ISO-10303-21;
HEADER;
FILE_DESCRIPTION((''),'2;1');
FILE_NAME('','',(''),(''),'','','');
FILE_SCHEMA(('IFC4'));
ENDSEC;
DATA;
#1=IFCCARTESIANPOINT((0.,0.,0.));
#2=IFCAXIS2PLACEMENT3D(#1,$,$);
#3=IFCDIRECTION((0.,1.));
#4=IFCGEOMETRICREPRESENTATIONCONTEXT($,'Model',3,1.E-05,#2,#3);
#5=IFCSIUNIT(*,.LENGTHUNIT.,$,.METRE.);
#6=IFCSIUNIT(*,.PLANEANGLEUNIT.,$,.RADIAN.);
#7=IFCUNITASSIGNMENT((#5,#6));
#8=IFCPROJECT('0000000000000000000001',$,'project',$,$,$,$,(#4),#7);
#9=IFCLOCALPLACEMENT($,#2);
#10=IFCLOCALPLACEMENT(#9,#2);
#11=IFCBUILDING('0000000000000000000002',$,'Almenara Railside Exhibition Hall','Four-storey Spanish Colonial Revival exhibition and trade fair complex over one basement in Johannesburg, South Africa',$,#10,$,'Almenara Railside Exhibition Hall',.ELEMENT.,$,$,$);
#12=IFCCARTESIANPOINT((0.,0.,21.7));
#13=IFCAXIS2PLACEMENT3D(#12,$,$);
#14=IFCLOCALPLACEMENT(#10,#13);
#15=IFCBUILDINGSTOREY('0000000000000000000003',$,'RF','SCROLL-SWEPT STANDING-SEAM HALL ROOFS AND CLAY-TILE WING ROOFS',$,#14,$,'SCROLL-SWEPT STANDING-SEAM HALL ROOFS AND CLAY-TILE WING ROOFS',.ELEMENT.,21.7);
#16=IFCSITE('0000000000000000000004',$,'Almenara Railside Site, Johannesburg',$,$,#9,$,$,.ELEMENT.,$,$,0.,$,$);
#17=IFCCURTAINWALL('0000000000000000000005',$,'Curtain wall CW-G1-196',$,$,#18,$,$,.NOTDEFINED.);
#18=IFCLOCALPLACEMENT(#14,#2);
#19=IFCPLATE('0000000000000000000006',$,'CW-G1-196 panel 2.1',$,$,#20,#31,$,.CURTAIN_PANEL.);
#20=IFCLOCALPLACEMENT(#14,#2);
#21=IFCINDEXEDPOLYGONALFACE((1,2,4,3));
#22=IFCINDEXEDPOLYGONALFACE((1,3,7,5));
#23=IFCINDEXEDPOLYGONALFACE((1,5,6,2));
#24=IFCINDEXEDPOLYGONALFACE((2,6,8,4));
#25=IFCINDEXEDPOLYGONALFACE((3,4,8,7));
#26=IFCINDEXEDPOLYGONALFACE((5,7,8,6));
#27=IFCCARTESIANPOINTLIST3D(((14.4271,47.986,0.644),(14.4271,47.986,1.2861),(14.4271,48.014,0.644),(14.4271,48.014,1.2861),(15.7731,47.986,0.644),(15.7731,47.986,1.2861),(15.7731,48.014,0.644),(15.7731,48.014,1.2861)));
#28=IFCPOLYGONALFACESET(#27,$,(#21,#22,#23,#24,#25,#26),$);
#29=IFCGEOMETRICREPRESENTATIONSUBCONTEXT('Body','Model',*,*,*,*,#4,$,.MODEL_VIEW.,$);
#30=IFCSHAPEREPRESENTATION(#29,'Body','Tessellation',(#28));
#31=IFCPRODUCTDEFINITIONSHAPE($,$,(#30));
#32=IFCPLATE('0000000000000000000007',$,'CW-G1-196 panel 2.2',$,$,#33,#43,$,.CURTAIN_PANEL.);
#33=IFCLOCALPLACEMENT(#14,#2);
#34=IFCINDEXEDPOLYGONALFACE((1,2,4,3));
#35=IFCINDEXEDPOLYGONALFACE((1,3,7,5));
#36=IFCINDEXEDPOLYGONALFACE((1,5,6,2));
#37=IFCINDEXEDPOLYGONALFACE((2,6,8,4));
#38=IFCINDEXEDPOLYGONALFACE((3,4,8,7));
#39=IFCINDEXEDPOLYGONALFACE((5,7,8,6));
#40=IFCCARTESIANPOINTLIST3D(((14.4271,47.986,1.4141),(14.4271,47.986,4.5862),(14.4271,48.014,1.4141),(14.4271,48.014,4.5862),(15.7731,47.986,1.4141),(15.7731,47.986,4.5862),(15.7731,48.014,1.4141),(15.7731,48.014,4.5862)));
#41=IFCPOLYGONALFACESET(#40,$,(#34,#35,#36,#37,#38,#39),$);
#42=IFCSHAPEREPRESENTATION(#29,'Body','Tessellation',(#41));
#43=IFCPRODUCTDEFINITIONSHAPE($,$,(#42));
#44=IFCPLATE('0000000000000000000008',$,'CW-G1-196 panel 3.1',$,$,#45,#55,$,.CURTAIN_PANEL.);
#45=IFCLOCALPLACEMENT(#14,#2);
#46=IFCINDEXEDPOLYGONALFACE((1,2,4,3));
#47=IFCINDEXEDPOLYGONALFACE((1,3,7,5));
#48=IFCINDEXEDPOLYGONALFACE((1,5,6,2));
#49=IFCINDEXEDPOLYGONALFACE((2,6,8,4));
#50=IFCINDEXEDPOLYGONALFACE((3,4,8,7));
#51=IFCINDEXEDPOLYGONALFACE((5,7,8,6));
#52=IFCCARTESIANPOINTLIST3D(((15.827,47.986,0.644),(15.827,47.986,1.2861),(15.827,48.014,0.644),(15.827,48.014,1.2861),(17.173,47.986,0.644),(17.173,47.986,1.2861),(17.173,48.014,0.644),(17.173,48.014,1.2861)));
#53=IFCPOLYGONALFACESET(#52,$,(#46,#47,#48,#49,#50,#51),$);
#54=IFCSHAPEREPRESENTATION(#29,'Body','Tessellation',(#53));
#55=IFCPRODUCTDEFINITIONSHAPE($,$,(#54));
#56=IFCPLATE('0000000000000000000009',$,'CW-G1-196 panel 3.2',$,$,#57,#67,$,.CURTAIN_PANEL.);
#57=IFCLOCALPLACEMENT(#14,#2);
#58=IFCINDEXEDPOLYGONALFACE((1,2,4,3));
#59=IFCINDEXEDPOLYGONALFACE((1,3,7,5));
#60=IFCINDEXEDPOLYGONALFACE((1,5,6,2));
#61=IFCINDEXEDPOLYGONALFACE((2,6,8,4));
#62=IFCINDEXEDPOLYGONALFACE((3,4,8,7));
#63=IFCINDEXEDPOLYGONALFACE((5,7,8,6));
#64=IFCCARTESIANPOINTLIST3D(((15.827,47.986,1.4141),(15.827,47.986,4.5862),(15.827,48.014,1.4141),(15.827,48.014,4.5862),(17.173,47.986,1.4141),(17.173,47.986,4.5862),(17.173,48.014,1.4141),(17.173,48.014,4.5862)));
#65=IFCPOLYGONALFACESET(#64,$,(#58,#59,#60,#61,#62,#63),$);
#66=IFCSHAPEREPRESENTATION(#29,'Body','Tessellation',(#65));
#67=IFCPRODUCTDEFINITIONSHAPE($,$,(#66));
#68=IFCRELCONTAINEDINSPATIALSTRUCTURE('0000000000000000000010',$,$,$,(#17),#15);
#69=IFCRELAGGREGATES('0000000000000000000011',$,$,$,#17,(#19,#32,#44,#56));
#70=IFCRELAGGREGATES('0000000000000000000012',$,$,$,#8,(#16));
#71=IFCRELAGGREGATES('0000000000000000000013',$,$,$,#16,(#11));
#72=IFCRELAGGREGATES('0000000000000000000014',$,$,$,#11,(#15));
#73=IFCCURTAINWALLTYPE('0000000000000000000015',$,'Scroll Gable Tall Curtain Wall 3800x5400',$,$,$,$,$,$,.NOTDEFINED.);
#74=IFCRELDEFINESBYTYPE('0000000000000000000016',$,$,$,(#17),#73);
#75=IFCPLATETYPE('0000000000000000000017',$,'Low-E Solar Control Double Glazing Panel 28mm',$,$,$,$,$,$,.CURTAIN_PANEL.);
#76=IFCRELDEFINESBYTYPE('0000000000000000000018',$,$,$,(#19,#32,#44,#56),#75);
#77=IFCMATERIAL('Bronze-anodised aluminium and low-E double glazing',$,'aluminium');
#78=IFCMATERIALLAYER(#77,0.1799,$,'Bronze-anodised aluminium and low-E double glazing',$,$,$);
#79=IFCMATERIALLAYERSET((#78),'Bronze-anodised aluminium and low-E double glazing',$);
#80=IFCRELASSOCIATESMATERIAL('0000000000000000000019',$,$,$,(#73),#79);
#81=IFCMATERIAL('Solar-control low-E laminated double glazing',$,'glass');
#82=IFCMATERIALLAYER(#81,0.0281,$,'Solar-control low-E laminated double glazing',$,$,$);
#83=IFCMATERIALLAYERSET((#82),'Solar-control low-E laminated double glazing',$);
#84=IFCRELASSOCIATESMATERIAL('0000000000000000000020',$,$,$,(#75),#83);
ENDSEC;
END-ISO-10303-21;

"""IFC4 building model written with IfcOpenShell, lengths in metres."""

from ifc_helpers import new_model, si_unit, direction, frame, origin, origin_2d, place, context, subcontext, project, spatial, rectangle, extrude, material, layer, layer_set, type_object, element, aggregate, save


model = new_model("IFC4")

# Units and contexts
model_context = context("Model", 3, precision=1e-05, world=origin(), true_north=direction((0.0, 1.0)))
body_context = subcontext(model_context, "Body", "Model", "MODEL_VIEW")
ifc_project = project(units=[si_unit("LENGTHUNIT", "METRE"), si_unit("PLANEANGLEUNIT", "RADIAN")], contexts=[model_context])

# Site, building, storey
site_placement = place(None, origin())
site = spatial("IfcSite", under=ifc_project, at=site_placement, Name="Almenara Railside Site, Johannesburg", CompositionType="ELEMENT", RefElevation=0.0)
building_placement = place(site_placement, origin())
building = spatial("IfcBuilding", under=site, at=building_placement, Name="Almenara Railside Exhibition Hall", Description="Four-storey Spanish Colonial Revival exhibition and trade fair complex over one basement in Johannesburg, South Africa", LongName="Almenara Railside Exhibition Hall", CompositionType="ELEMENT")
storey_placement = place(building_placement, frame((0.0, 0.0, 21.7)))
storey = spatial("IfcBuildingStorey", under=building, at=storey_placement, Name="RF", Description="SCROLL-SWEPT STANDING-SEAM HALL ROOFS AND CLAY-TILE WING ROOFS", LongName="SCROLL-SWEPT STANDING-SEAM HALL ROOFS AND CLAY-TILE WING ROOFS", CompositionType="ELEMENT", Elevation=21.7)

# Shared definitions
ifc_material_1 = material(Name="Bronze-anodised aluminium and low-E double glazing", Category="aluminium")

# Curtain wall
ifc_layer_1 = layer(ifc_material_1, 0.1799, Name="Bronze-anodised aluminium and low-E double glazing")
ifc_layer_set_1 = layer_set([ifc_layer_1], Name="Bronze-anodised aluminium and low-E double glazing")
curtain_wall_type_1 = type_object("IfcCurtainWallType", Name="Scroll Gable Tall Curtain Wall 3800x5400", PredefinedType="NOTDEFINED", material=ifc_layer_set_1)
curtain_wall_1_placement = place(storey_placement, origin())
curtain_wall_1 = element("IfcCurtainWall", 1, at=curtain_wall_1_placement, inside=storey, type_object=curtain_wall_type_1, Name="Curtain wall CW-G1-196", PredefinedType="NOTDEFINED")

# Plates
ifc_material_2 = material(Name="Solar-control low-E laminated double glazing", Category="glass")
ifc_layer_2 = layer(ifc_material_2, 0.0281, Name="Solar-control low-E laminated double glazing")
ifc_layer_set_2 = layer_set([ifc_layer_2], Name="Solar-control low-E laminated double glazing")
plate_type_1 = type_object("IfcPlateType", Name="Low-E Solar Control Double Glazing Panel 28mm", PredefinedType="CURTAIN_PANEL", material=ifc_layer_set_2)
plate_1_placement = place(storey_placement, frame((15.1001, 48.0, 0.644), z_axis=(0.0, 0.0, 1.0), x_axis=(1.0, 0.0, 0.0)))
plate_1 = element("IfcPlate", 2, at=plate_1_placement, type_object=plate_type_1, Name="CW-G1-196 panel 2.1", PredefinedType="CURTAIN_PANEL", context=body_context, shape_type="SweptSolid", body=[
    extrude(rectangle(XDim=1.3459, YDim=0.0281, at=origin_2d()), origin(), (0.0, 0.0, 1.0), 0.6421),
])
plate_2_placement = place(storey_placement, frame((15.1001, 48.0, 1.4141), z_axis=(0.0, 0.0, 1.0), x_axis=(1.0, 0.0, 0.0)))
plate_2 = element("IfcPlate", 3, at=plate_2_placement, type_object=plate_type_1, Name="CW-G1-196 panel 2.2", PredefinedType="CURTAIN_PANEL", context=body_context, shape_type="SweptSolid", body=[
    extrude(rectangle(XDim=1.3459, YDim=0.0281, at=origin_2d()), origin(), (0.0, 0.0, 1.0), 3.1721),
])
plate_3_placement = place(storey_placement, frame((16.5, 48.0, 0.644), z_axis=(0.0, 0.0, 1.0), x_axis=(1.0, 0.0, 0.0)))
plate_3 = element("IfcPlate", 4, at=plate_3_placement, type_object=plate_type_1, Name="CW-G1-196 panel 3.1", PredefinedType="CURTAIN_PANEL", context=body_context, shape_type="SweptSolid", body=[
    extrude(rectangle(XDim=1.3459, YDim=0.0281, at=origin_2d()), origin(), (0.0, 0.0, 1.0), 0.6421),
])
plate_4_placement = place(storey_placement, frame((16.5, 48.0, 1.4141), z_axis=(0.0, 0.0, 1.0), x_axis=(1.0, 0.0, 0.0)))
plate_4 = element("IfcPlate", 5, at=plate_4_placement, type_object=plate_type_1, Name="CW-G1-196 panel 3.2", PredefinedType="CURTAIN_PANEL", context=body_context, shape_type="SweptSolid", body=[
    extrude(rectangle(XDim=1.3459, YDim=0.0281, at=origin_2d()), origin(), (0.0, 0.0, 1.0), 3.1721),
])
aggregate(curtain_wall_1, [plate_1, plate_2, plate_3, plate_4])

save(model, "model.ifc")
